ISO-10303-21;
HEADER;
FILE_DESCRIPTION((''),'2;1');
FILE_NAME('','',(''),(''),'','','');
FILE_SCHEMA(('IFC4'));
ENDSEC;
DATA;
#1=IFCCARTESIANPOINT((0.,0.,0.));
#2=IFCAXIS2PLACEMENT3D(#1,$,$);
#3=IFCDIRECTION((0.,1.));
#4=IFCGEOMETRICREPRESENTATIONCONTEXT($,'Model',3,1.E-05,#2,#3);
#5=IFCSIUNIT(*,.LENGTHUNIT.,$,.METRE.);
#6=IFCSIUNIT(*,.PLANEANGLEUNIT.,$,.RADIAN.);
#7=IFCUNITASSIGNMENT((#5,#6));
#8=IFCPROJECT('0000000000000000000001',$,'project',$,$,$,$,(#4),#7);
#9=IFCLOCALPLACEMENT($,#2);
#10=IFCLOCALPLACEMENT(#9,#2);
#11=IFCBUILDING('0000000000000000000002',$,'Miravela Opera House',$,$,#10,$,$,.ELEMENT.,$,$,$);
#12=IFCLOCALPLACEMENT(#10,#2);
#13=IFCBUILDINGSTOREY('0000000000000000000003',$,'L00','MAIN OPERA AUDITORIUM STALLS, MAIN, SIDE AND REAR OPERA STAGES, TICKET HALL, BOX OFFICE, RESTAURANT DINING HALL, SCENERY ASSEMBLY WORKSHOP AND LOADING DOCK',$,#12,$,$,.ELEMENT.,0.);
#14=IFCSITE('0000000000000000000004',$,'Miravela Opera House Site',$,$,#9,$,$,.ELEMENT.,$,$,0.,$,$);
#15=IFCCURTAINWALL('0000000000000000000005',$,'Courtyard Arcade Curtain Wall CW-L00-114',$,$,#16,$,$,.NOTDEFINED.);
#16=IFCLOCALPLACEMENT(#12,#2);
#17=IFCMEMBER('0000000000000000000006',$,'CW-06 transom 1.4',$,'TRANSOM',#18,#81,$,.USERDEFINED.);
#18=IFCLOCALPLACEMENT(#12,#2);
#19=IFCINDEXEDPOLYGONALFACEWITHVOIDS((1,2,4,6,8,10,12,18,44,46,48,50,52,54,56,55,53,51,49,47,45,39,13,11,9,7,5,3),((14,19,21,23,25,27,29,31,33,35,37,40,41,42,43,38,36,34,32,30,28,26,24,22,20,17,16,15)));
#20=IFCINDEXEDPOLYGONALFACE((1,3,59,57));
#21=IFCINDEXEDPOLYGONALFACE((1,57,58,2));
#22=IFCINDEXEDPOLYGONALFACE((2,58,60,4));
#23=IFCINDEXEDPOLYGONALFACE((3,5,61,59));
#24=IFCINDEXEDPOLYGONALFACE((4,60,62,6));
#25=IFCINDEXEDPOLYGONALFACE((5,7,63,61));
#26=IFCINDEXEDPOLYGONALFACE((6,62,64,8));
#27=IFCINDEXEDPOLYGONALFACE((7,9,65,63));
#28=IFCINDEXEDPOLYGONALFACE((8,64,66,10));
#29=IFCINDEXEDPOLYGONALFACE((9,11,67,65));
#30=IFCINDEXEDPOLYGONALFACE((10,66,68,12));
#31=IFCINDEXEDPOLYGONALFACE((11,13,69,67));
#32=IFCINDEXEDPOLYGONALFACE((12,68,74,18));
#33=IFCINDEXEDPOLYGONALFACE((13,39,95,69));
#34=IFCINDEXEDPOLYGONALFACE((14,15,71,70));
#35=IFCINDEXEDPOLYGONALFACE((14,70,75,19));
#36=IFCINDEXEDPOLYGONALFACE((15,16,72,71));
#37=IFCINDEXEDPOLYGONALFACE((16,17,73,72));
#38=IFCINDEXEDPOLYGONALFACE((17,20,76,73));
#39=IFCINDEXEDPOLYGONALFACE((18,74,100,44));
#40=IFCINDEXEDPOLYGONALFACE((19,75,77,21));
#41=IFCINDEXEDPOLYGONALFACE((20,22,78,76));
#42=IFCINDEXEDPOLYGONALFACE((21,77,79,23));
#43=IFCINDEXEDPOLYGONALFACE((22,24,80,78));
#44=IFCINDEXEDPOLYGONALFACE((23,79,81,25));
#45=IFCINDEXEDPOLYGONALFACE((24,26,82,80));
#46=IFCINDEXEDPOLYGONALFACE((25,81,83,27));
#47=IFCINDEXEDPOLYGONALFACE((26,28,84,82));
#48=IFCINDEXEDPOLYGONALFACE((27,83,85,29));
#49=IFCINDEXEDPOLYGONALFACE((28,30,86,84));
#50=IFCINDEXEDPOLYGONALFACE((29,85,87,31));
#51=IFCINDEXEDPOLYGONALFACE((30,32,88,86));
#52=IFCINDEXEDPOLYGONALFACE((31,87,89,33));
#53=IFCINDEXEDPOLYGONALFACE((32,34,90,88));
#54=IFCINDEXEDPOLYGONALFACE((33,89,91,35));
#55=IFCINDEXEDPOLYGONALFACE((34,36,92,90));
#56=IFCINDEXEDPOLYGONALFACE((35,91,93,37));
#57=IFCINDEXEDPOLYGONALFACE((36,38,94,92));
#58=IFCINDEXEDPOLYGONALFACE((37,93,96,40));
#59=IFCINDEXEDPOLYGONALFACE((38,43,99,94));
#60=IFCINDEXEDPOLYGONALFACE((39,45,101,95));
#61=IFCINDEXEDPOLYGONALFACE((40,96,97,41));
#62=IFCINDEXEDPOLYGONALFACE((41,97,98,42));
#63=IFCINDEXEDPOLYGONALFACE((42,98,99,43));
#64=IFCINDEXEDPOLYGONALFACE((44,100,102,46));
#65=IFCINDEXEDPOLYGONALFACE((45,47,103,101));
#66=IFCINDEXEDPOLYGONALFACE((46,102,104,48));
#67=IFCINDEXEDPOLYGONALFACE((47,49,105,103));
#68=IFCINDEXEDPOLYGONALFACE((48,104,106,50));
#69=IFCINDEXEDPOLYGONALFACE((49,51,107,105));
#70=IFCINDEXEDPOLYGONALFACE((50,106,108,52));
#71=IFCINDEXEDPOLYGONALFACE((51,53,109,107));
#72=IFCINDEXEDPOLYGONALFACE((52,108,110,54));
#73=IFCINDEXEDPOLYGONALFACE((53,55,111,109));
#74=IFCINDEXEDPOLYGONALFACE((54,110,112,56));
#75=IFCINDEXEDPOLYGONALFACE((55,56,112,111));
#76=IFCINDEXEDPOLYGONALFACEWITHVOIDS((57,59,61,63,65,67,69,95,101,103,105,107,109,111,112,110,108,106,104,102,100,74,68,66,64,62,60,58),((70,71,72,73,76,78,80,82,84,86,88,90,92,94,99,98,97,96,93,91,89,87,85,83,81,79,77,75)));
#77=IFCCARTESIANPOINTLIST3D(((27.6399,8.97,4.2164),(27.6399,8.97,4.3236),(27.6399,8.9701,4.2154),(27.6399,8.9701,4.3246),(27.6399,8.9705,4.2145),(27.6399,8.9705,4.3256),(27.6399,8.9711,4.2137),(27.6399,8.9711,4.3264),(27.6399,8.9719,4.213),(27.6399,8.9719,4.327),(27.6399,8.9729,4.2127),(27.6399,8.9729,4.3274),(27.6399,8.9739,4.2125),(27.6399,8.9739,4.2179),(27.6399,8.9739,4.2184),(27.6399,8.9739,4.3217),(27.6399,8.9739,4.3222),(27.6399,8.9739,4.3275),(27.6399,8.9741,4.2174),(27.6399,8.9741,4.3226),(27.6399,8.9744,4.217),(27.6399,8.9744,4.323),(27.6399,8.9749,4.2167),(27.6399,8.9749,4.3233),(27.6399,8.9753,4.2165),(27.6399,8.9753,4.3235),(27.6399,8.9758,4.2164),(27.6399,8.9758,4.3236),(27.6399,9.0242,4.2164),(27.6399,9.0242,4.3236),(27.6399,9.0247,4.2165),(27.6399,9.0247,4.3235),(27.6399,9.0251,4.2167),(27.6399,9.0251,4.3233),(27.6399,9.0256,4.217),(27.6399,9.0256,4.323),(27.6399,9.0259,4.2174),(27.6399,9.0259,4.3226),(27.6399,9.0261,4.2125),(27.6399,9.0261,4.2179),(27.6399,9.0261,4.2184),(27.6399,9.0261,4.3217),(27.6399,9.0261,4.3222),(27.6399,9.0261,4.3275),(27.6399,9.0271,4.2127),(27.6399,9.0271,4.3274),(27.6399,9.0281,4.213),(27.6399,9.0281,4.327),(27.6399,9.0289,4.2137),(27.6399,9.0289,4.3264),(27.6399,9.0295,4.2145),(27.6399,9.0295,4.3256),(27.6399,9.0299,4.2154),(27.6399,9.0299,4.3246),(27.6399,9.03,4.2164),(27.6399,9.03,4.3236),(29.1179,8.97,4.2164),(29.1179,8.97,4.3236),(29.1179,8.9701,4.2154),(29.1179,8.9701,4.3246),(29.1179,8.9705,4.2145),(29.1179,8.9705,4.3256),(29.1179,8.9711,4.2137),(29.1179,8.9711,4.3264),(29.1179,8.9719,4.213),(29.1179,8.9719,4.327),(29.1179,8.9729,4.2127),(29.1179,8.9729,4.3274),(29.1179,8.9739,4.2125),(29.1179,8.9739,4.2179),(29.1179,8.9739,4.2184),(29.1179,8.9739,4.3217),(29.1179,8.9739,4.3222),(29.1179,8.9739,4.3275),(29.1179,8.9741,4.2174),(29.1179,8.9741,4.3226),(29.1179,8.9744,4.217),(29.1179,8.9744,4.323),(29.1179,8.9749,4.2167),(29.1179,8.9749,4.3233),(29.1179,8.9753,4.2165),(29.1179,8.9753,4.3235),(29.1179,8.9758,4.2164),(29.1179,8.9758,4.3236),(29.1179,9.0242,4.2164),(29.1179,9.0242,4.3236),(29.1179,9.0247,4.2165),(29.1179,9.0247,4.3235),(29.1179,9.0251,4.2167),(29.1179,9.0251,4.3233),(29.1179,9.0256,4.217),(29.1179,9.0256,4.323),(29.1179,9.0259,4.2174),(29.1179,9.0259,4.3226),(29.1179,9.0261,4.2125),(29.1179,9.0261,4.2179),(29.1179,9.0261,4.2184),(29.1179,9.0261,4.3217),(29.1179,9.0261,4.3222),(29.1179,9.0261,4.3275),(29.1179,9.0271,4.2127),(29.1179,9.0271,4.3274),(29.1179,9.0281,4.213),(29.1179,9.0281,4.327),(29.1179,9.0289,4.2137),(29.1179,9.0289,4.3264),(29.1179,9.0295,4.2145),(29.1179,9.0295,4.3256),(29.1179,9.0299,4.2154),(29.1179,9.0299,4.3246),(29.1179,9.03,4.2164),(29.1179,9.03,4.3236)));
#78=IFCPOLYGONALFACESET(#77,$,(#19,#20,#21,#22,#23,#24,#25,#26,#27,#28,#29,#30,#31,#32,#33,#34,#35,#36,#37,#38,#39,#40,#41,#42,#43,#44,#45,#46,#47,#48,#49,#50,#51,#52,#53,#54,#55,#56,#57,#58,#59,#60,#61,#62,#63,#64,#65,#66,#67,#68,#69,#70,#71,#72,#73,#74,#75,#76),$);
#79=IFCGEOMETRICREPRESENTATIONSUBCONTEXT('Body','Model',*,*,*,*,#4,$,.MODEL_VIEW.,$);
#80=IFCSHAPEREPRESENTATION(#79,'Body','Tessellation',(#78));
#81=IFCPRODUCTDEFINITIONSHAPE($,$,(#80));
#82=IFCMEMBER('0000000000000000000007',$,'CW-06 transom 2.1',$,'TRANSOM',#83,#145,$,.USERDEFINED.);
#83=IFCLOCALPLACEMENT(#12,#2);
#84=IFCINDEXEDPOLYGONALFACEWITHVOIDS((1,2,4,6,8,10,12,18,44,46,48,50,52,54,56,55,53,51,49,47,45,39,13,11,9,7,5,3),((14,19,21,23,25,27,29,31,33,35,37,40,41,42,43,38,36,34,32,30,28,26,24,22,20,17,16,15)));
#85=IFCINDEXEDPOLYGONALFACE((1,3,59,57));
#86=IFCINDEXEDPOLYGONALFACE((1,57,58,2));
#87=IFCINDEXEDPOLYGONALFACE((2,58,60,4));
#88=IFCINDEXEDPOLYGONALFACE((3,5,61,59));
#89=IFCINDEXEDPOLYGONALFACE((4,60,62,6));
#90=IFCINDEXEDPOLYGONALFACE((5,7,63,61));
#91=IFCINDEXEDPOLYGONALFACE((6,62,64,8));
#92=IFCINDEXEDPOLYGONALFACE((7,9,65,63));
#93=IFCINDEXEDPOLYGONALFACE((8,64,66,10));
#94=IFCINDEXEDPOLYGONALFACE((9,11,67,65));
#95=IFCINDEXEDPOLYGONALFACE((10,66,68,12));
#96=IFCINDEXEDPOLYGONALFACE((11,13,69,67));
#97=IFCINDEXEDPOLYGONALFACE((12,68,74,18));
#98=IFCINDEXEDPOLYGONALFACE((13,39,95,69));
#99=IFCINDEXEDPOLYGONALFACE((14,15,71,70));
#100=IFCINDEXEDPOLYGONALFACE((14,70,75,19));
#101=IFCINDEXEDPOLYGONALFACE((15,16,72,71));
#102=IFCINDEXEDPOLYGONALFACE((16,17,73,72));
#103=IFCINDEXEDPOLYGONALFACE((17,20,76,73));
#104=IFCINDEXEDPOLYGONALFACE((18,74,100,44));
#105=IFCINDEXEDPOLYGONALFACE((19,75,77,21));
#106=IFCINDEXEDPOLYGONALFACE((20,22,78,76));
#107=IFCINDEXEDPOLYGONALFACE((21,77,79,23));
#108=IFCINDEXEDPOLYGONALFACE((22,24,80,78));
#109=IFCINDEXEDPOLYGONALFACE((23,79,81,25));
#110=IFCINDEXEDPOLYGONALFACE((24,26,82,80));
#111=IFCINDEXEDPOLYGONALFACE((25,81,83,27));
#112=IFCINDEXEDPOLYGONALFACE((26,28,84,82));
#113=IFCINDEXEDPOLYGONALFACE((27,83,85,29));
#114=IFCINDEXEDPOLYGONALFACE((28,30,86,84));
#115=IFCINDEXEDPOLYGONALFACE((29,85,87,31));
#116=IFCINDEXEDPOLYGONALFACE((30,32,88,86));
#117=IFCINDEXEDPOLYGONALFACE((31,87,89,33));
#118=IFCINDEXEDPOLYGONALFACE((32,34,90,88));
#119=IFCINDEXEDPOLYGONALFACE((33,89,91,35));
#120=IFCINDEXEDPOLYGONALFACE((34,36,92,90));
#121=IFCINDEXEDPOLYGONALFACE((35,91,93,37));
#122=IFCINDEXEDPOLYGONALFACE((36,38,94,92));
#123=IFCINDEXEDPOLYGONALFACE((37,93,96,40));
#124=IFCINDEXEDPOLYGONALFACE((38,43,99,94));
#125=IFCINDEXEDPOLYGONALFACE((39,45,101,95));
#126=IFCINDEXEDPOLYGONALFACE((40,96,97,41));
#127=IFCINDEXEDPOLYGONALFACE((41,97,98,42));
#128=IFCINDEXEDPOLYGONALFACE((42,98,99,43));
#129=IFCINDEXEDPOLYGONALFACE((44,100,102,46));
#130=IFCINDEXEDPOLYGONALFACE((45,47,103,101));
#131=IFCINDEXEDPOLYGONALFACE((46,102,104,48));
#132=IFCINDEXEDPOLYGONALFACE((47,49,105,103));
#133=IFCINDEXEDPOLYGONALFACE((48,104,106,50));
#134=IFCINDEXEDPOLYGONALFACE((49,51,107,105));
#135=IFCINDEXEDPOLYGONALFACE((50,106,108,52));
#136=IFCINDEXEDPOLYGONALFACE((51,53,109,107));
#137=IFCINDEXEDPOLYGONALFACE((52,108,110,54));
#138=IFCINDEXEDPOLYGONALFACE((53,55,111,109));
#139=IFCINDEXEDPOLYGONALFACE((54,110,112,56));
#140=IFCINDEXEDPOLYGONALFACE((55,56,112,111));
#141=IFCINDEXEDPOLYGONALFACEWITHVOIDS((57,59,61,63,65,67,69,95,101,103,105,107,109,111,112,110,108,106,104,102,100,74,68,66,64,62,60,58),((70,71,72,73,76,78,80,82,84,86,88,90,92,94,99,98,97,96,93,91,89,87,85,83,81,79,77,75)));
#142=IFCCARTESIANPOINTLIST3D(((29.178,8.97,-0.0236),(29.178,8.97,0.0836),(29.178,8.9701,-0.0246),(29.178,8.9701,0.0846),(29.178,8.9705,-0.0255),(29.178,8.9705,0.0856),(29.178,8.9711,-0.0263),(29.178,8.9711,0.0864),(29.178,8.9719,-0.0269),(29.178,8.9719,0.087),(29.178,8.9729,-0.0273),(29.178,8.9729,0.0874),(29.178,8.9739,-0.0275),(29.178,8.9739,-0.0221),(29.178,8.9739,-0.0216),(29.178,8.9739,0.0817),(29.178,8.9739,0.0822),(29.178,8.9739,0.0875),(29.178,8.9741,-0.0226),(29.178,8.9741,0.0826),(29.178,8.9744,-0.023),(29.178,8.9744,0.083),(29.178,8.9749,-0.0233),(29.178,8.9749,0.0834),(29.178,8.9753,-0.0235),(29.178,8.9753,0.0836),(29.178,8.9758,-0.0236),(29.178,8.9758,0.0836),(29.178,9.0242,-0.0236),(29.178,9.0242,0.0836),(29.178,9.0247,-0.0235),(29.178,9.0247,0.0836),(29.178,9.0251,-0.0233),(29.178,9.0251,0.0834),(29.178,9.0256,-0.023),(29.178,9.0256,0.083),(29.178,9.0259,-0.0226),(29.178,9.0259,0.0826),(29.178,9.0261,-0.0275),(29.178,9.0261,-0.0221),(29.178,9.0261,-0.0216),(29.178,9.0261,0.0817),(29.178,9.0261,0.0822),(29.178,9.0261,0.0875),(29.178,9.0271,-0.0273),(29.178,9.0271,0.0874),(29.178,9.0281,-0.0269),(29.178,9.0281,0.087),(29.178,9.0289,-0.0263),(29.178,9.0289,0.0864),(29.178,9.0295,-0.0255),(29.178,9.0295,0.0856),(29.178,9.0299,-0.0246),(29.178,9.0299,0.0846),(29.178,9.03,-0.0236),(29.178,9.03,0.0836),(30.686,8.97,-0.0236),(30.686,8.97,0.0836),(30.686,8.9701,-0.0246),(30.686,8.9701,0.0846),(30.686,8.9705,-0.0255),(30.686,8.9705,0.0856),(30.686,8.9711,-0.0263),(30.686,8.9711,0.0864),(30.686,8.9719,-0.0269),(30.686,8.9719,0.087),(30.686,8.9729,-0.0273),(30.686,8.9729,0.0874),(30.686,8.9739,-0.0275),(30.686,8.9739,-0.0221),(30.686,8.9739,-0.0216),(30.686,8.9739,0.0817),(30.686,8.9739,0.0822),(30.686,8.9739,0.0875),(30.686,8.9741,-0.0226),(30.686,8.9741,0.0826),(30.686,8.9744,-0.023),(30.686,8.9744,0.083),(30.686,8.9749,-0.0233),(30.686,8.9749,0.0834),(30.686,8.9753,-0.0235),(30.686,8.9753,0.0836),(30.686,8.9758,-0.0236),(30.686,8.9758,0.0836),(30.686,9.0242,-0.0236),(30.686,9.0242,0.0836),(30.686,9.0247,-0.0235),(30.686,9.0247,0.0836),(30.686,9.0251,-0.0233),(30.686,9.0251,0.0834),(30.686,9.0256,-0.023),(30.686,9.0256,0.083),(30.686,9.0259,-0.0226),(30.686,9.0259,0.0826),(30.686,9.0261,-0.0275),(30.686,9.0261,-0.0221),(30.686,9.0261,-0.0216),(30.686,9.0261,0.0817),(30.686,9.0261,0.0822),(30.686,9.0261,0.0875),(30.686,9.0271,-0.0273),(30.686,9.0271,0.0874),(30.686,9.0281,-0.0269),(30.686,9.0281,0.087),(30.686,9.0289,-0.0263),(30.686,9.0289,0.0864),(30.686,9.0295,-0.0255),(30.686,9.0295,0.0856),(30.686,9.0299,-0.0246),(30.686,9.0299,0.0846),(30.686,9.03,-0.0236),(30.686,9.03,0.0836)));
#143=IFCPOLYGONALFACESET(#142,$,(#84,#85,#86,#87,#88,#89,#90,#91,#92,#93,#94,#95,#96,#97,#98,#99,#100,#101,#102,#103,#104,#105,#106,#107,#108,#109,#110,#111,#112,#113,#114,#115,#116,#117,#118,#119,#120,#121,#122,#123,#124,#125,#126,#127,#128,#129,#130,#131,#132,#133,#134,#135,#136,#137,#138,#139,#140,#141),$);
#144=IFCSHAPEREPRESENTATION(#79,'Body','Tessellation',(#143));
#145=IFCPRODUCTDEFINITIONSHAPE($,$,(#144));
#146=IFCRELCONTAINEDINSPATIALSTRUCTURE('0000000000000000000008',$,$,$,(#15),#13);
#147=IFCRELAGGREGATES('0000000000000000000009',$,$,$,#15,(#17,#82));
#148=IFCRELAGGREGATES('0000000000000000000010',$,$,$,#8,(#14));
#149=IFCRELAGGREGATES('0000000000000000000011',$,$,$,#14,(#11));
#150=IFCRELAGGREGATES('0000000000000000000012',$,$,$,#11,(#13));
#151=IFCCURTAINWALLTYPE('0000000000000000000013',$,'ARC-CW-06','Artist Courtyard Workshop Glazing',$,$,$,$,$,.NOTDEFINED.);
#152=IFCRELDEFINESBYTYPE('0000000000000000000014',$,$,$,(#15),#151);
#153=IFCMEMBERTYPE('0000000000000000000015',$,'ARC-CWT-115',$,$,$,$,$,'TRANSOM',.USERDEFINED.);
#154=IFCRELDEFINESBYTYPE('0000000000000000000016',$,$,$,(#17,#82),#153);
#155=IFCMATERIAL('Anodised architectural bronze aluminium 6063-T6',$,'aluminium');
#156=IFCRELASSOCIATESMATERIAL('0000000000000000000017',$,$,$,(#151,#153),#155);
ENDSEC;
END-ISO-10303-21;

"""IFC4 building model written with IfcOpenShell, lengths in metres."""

from ifc_helpers import new_model, si_unit, direction, frame, origin, origin_2d, place, context, subcontext, project, spatial, hollow_rectangle, extrude, material, material_profile, profile_set, type_object, element, aggregate, save


model = new_model("IFC4")

# Units and contexts
model_context = context("Model", 3, precision=1e-05, world=origin(), true_north=direction((0.0, 1.0)))
body_context = subcontext(model_context, "Body", "Model", "MODEL_VIEW")
ifc_project = project(units=[si_unit("LENGTHUNIT", "METRE"), si_unit("PLANEANGLEUNIT", "RADIAN")], contexts=[model_context])

# Site, building, storey
site_placement = place(None, origin())
site = spatial("IfcSite", under=ifc_project, at=site_placement, Name="Miravela Opera House Site", CompositionType="ELEMENT", RefElevation=0.0)
building_placement = place(site_placement, origin())
building = spatial("IfcBuilding", under=site, at=building_placement, Name="Miravela Opera House", CompositionType="ELEMENT")
storey_placement = place(building_placement, origin())
storey = spatial("IfcBuildingStorey", under=building, at=storey_placement, Name="L00", Description="MAIN OPERA AUDITORIUM STALLS, MAIN, SIDE AND REAR OPERA STAGES, TICKET HALL, BOX OFFICE, RESTAURANT DINING HALL, SCENERY ASSEMBLY WORKSHOP AND LOADING DOCK", CompositionType="ELEMENT", Elevation=0.0)

# Curtain wall, members
ifc_material_1 = material(Name="Anodised architectural bronze aluminium 6063-T6", Category="aluminium")
curtain_wall_type = type_object("IfcCurtainWallType", Name="ARC-CW-06", Description="Artist Courtyard Workshop Glazing", PredefinedType="NOTDEFINED", material=ifc_material_1)
curtain_wall_placement = place(storey_placement, origin())
curtain_wall = element("IfcCurtainWall", 1, at=curtain_wall_placement, inside=storey, type_object=curtain_wall_type, Name="Courtyard Arcade Curtain Wall CW-L00-114", PredefinedType="NOTDEFINED")
ifc_material_profile_1 = material_profile(ifc_material_1, hollow_rectangle(XDim=0.0601, YDim=0.115, WallThickness=0.0039, InnerFilletRadius=0.002, OuterFilletRadius=0.0039, at=origin_2d()), Name="CWT-60X115")
ifc_profile_set_1 = profile_set([ifc_material_profile_1])
member_type_1 = type_object("IfcMemberType", Name="ARC-CWT-115", ElementType="TRANSOM", PredefinedType="USERDEFINED", material=ifc_profile_set_1)
member_1_placement = place(storey_placement, frame((27.6399, 9.0, 4.27), z_axis=(1.0, 0.0, 0.0), x_axis=(0.0, 1.0, 0.0)))
member_1 = element("IfcMember", 2, at=member_1_placement, type_object=member_type_1, Name="CW-06 transom 1.4", ObjectType="TRANSOM", PredefinedType="USERDEFINED", context=body_context, shape_type="SweptSolid", body=[
    extrude(hollow_rectangle(XDim=0.0601, YDim=0.115, WallThickness=0.0039, InnerFilletRadius=0.002, OuterFilletRadius=0.0039, at=origin_2d()), origin(), (0.0, 0.0, 1.0), 1.478),
])
member_2_placement = place(storey_placement, frame((29.178, 9.0, 0.03), z_axis=(1.0, 0.0, 0.0), x_axis=(0.0, 1.0, 0.0)))
member_2 = element("IfcMember", 3, at=member_2_placement, type_object=member_type_1, Name="CW-06 transom 2.1", ObjectType="TRANSOM", PredefinedType="USERDEFINED", context=body_context, shape_type="SweptSolid", body=[
    extrude(hollow_rectangle(XDim=0.0601, YDim=0.115, WallThickness=0.0039, InnerFilletRadius=0.002, OuterFilletRadius=0.0039, at=origin_2d()), origin(), (0.0, 0.0, 1.0), 1.5081),
])

aggregate(curtain_wall, [member_1, member_2])

save(model, "model.ifc")
